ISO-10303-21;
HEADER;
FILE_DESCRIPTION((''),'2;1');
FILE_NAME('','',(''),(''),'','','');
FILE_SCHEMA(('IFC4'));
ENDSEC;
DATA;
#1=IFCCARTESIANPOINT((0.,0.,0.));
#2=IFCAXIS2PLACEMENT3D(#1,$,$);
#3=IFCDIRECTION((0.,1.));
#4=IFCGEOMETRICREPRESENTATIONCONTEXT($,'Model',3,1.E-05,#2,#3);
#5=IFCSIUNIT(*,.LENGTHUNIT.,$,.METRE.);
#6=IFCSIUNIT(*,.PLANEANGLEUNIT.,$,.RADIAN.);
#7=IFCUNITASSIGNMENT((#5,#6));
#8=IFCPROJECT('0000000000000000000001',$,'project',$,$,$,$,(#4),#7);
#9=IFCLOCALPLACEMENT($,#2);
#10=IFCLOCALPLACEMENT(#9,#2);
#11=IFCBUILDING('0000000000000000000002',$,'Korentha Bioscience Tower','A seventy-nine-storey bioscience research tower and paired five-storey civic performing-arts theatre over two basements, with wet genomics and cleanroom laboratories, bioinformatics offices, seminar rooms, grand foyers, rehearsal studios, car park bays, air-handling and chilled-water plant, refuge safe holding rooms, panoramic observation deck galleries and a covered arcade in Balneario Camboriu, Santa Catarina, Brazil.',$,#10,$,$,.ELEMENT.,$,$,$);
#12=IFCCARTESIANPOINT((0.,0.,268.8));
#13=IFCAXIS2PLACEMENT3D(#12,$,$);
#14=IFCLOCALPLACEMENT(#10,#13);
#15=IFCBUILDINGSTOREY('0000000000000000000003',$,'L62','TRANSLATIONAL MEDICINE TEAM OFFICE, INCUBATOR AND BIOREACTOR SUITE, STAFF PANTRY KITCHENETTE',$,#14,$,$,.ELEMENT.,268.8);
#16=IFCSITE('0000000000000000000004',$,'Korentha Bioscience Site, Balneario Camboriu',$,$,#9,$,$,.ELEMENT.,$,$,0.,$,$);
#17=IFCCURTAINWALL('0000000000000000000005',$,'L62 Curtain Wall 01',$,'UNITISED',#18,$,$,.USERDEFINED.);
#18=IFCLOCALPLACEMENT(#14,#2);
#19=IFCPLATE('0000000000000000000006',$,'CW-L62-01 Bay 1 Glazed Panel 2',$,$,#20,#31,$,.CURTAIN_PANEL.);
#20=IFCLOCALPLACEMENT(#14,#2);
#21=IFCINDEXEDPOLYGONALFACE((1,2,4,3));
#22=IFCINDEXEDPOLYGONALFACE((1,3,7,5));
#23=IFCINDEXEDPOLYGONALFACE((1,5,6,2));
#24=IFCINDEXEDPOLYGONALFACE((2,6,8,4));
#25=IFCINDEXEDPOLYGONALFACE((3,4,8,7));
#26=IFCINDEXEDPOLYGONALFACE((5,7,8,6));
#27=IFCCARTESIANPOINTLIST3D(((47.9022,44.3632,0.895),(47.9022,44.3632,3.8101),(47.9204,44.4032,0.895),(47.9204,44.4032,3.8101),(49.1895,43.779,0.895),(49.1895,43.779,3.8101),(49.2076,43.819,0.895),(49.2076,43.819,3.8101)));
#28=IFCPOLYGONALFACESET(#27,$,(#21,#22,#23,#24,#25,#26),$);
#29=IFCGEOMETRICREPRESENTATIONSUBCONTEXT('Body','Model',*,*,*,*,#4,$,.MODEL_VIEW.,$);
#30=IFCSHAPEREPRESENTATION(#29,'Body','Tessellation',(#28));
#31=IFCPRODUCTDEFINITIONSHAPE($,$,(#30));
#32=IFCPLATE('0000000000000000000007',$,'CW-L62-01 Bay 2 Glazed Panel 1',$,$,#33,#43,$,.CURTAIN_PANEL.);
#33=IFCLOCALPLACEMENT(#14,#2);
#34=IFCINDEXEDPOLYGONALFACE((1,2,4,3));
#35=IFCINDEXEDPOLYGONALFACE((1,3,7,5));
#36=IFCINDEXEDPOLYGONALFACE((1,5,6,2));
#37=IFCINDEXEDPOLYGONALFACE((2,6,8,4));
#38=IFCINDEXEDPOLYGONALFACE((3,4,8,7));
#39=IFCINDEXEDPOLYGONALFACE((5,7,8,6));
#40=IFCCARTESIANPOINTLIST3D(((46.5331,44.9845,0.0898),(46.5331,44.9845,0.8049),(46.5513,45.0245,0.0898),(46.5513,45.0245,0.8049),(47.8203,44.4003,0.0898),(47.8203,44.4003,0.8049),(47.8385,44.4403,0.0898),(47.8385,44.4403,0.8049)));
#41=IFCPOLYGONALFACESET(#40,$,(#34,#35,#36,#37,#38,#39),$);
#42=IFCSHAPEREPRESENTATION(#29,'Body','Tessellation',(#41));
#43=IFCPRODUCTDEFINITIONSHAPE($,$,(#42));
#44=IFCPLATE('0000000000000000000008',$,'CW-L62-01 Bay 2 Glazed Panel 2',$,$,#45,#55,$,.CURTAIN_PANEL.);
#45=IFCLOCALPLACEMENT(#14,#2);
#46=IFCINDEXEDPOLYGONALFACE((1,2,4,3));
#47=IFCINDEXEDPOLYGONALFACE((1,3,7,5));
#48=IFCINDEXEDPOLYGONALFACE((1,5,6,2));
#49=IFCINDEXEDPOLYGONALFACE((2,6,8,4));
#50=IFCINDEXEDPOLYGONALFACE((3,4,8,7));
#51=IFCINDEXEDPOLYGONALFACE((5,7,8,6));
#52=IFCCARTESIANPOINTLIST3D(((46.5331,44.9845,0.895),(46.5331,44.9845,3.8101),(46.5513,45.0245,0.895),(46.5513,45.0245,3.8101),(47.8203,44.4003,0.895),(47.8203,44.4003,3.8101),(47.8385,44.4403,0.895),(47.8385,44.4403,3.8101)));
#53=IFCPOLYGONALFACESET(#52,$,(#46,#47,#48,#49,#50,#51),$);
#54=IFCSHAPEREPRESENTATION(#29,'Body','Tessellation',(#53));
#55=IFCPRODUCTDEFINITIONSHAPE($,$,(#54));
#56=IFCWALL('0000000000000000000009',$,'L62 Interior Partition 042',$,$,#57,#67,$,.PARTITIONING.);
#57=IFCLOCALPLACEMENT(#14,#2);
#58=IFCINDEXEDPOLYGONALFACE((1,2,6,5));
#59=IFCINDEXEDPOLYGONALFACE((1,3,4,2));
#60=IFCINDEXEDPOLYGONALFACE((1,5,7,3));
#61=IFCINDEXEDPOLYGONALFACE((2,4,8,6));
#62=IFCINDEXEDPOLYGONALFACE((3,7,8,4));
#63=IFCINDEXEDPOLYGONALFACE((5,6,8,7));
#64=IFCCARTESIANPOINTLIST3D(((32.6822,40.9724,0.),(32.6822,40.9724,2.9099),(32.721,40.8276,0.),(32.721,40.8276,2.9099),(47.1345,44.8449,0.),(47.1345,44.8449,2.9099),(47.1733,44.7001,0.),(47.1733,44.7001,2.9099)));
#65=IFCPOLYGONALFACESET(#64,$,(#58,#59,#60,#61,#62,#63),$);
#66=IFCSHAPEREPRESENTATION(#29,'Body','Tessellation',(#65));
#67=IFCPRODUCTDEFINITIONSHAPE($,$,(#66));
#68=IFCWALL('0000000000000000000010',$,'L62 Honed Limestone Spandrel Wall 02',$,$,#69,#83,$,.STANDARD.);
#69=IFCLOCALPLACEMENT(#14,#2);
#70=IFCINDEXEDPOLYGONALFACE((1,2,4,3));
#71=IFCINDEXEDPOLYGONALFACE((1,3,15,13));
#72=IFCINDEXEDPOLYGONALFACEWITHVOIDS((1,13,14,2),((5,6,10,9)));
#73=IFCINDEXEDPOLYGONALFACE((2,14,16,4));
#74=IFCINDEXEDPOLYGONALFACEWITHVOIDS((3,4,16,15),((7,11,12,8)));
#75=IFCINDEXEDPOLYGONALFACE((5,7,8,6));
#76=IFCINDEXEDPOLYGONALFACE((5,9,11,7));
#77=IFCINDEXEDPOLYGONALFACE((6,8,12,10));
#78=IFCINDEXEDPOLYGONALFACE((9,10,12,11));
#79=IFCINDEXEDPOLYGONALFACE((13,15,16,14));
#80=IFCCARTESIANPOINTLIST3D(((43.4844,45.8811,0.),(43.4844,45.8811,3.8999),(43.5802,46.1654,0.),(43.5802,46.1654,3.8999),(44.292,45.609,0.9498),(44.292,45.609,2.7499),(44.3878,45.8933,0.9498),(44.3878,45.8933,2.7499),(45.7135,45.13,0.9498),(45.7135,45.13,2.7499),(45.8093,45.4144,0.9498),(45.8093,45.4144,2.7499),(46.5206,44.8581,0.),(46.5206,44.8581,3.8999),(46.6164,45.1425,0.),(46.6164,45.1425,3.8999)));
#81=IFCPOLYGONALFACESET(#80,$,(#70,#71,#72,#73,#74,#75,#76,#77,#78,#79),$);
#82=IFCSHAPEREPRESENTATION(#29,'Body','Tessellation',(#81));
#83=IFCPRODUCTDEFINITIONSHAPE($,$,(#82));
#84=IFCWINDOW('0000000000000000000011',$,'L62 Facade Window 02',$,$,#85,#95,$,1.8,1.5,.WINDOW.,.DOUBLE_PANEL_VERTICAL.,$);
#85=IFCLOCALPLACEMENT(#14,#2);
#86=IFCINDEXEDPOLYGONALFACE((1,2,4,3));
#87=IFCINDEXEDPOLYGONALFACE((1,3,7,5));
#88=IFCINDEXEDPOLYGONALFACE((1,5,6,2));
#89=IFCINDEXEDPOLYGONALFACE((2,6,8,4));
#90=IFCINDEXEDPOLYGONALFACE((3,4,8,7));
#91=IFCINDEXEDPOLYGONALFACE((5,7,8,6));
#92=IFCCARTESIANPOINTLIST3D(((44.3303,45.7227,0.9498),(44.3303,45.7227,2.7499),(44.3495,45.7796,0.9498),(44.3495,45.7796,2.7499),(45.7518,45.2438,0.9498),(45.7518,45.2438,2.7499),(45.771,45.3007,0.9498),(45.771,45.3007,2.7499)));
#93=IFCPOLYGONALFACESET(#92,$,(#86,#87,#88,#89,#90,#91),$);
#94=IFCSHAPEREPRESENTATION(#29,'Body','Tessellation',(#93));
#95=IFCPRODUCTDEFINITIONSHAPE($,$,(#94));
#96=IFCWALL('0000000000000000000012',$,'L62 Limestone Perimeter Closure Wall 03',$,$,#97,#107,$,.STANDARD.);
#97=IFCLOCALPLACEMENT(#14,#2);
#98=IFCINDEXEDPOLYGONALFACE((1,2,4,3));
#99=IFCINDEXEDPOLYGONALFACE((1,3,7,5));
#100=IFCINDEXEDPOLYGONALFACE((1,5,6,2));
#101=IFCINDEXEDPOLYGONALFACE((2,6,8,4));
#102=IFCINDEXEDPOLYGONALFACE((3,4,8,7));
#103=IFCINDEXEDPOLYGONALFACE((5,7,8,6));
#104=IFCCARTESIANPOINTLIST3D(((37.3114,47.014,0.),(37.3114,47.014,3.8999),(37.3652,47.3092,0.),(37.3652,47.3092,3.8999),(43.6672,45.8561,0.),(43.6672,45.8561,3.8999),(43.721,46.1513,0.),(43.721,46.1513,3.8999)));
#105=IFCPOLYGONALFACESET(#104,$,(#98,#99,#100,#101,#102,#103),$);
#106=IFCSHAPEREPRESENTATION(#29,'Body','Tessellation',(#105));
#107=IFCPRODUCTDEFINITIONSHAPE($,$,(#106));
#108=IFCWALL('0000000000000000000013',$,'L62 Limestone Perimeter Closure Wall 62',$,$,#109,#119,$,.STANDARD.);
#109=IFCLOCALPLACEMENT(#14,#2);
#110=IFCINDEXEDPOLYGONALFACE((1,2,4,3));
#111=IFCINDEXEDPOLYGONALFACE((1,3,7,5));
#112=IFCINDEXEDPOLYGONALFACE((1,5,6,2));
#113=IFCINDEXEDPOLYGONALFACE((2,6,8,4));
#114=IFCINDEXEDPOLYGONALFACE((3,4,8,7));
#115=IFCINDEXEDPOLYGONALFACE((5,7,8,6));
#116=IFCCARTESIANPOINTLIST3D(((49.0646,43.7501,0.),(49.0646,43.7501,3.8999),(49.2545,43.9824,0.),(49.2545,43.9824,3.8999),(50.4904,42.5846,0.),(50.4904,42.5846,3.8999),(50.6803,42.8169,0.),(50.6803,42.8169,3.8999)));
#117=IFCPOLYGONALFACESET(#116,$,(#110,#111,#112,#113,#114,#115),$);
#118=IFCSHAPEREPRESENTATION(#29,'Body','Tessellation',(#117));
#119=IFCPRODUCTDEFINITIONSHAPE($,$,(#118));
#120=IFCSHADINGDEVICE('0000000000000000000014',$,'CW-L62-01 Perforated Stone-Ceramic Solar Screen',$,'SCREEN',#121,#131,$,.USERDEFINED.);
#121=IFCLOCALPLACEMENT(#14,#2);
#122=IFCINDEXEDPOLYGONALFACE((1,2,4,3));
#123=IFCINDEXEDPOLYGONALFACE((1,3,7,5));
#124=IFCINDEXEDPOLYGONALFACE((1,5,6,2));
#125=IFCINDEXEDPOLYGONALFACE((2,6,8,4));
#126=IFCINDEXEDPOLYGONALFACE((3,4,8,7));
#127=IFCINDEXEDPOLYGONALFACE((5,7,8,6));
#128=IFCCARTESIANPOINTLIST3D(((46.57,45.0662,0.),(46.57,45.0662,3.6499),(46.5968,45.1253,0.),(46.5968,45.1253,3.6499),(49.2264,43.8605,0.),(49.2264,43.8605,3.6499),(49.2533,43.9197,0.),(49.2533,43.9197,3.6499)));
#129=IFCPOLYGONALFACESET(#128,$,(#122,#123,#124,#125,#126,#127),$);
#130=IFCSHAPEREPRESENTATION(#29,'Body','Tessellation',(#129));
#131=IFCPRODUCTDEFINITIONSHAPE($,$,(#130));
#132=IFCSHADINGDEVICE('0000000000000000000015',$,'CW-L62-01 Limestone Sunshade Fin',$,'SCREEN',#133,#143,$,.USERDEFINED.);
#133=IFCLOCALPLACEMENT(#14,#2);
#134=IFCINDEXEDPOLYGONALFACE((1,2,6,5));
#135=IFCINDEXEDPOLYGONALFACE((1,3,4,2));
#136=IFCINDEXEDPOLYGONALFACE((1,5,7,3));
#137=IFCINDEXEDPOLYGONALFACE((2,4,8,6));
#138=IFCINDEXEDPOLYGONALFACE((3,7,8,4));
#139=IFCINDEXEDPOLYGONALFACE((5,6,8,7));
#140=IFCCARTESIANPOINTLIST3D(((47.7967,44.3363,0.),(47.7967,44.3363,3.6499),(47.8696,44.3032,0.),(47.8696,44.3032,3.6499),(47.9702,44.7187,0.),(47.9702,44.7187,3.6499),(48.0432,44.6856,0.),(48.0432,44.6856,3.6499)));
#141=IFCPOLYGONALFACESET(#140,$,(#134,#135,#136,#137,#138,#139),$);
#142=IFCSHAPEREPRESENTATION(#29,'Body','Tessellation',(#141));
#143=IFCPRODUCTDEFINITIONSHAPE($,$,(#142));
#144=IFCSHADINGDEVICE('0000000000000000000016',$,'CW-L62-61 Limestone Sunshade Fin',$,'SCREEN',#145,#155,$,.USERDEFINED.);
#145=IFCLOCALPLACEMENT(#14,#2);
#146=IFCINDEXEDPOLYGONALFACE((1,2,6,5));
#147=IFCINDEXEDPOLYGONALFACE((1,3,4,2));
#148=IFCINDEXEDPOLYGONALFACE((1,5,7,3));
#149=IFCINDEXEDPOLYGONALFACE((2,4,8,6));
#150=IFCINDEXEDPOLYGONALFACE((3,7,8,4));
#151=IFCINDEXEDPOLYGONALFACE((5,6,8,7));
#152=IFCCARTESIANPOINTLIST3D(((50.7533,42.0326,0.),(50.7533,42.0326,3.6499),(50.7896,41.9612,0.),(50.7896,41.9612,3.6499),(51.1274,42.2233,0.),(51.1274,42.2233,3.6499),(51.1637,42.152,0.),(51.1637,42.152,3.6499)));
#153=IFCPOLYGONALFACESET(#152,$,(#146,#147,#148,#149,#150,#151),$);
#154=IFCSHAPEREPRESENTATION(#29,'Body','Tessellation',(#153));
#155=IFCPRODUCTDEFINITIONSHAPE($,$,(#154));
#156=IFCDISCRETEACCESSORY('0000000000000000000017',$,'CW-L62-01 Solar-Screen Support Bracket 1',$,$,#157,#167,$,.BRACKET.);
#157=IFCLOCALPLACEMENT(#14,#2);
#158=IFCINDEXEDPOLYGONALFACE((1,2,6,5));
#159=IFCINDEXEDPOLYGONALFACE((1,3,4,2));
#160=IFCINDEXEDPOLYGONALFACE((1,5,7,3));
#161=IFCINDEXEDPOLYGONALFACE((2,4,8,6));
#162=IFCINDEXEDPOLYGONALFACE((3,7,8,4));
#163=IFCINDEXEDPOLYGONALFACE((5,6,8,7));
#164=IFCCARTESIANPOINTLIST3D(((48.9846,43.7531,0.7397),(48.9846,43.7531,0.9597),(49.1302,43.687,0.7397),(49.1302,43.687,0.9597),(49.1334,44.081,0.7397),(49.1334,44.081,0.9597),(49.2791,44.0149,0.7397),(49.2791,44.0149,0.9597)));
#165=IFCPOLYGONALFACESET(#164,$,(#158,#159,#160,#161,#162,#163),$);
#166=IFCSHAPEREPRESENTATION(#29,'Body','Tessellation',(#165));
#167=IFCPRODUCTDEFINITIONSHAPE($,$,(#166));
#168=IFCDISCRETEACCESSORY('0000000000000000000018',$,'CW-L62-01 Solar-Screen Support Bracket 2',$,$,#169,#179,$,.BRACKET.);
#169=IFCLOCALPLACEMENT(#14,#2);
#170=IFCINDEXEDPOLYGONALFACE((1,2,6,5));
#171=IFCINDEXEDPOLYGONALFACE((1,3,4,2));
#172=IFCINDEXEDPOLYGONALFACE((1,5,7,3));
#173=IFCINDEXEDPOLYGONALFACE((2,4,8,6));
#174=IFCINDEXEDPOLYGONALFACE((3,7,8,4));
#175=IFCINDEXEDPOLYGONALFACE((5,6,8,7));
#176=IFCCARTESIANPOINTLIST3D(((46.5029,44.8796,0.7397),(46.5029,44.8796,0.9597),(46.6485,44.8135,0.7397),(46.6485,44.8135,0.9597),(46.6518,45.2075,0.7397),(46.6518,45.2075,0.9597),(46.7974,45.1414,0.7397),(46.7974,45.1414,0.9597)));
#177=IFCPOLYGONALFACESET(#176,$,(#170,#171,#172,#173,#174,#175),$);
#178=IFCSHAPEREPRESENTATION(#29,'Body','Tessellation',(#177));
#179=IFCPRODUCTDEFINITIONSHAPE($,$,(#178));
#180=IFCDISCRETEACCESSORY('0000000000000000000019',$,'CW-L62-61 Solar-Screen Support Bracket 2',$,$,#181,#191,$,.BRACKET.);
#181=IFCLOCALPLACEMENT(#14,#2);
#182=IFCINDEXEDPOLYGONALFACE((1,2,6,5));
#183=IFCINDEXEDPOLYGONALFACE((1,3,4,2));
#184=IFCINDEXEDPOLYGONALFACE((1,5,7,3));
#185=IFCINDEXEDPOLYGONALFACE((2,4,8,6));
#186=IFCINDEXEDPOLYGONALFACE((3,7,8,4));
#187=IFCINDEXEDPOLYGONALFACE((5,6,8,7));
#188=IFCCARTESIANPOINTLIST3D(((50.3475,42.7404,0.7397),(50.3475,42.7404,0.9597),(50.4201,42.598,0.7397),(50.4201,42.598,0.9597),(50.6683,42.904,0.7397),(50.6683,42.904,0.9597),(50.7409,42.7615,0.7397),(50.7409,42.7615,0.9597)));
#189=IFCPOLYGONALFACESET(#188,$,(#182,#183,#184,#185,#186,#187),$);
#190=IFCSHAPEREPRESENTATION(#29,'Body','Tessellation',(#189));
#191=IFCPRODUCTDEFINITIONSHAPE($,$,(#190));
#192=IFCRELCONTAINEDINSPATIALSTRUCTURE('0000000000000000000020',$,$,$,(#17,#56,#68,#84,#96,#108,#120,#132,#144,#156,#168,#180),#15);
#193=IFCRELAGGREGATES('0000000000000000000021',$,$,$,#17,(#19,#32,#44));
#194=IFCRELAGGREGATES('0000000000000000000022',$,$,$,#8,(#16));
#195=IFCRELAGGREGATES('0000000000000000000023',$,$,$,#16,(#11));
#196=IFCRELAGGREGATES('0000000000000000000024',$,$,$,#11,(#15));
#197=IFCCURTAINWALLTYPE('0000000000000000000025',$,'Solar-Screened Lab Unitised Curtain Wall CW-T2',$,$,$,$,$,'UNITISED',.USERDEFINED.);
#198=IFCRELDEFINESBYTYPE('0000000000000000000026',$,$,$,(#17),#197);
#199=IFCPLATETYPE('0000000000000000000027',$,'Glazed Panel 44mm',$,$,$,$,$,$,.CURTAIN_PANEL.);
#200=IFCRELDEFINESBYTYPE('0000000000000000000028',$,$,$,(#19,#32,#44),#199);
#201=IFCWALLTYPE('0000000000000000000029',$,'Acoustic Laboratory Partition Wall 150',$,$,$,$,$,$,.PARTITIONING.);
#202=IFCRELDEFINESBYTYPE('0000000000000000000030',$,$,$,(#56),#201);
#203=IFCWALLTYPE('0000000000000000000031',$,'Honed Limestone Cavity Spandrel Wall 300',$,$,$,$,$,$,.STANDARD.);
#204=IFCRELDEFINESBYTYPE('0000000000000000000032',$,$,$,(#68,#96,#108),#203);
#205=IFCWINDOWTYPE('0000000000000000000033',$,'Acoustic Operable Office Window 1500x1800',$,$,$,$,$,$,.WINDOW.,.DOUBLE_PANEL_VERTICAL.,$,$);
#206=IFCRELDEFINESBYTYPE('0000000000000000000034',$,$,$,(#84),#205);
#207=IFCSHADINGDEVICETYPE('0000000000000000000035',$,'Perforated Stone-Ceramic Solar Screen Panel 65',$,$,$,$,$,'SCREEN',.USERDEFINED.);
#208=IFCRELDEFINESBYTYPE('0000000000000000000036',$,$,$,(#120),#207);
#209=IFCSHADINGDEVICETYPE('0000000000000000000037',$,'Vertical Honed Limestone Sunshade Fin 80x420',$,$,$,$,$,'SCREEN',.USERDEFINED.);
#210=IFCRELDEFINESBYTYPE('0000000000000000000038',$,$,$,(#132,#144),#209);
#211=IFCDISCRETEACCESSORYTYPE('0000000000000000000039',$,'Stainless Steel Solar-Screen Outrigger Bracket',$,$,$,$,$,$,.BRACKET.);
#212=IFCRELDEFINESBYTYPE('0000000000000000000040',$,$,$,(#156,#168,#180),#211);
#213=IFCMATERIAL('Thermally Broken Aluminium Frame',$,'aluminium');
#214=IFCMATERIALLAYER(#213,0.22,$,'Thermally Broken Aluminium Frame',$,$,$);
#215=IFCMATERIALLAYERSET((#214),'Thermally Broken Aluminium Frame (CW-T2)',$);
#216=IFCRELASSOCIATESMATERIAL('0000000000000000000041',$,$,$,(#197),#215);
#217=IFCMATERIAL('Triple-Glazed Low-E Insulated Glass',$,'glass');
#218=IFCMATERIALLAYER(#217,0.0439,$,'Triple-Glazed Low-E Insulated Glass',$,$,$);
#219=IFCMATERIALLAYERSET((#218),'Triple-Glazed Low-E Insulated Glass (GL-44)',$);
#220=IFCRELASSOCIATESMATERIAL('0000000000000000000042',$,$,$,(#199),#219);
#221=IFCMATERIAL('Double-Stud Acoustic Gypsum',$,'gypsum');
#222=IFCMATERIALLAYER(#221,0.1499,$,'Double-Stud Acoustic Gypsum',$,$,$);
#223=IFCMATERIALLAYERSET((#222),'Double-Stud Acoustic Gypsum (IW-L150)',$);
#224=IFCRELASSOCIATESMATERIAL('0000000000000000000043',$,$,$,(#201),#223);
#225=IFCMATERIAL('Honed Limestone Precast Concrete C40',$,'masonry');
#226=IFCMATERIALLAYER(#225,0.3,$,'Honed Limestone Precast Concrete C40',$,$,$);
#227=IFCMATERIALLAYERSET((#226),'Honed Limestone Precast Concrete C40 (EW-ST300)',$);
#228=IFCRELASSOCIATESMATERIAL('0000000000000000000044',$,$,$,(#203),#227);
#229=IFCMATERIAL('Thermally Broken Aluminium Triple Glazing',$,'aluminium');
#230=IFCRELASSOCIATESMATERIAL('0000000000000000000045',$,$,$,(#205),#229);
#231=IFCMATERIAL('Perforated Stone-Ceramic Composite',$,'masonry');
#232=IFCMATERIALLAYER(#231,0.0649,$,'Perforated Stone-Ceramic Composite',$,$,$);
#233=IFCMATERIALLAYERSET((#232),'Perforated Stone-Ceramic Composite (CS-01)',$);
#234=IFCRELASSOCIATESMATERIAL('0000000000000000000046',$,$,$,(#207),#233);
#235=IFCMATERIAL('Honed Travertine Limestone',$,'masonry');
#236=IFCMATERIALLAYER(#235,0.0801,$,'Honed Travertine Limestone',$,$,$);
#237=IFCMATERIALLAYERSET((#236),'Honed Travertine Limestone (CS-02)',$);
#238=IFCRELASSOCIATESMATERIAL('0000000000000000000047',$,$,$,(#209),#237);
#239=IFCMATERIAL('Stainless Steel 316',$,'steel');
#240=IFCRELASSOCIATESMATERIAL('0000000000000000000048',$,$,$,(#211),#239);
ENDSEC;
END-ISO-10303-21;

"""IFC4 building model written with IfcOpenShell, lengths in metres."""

from ifc_helpers import new_model, si_unit, direction, frame, frame_2d, origin, origin_2d, place, context, subcontext, project, spatial, rectangle, extrude, material, layer, layer_set, type_object, element, fill, aggregate, save


model = new_model("IFC4")

# Units and contexts
model_context = context("Model", 3, precision=1e-05, world=origin(), true_north=direction((0.0, 1.0)))
body_context = subcontext(model_context, "Body", "Model", "MODEL_VIEW")
ifc_project = project(units=[si_unit("LENGTHUNIT", "METRE"), si_unit("PLANEANGLEUNIT", "RADIAN")], contexts=[model_context])

# Site, building, storey
site_placement = place(None, origin())
site = spatial("IfcSite", under=ifc_project, at=site_placement, Name="Korentha Bioscience Site, Balneario Camboriu", CompositionType="ELEMENT", RefElevation=0.0)
building_placement = place(site_placement, origin())
building = spatial("IfcBuilding", under=site, at=building_placement, Name="Korentha Bioscience Tower", Description="A seventy-nine-storey bioscience research tower and paired five-storey civic performing-arts theatre over two basements, with wet genomics and cleanroom laboratories, bioinformatics offices, seminar rooms, grand foyers, rehearsal studios, car park bays, air-handling and chilled-water plant, refuge safe holding rooms, panoramic observation deck galleries and a covered arcade in Balneario Camboriu, Santa Catarina, Brazil.", CompositionType="ELEMENT")
storey_placement = place(building_placement, frame((0.0, 0.0, 268.8)))
storey = spatial("IfcBuildingStorey", under=building, at=storey_placement, Name="L62", Description="TRANSLATIONAL MEDICINE TEAM OFFICE, INCUBATOR AND BIOREACTOR SUITE, STAFF PANTRY KITCHENETTE", CompositionType="ELEMENT", Elevation=268.8)

# Curtain wall
ifc_material_1 = material(Name="Thermally Broken Aluminium Frame", Category="aluminium")
ifc_layer_1 = layer(ifc_material_1, 0.22, Name="Thermally Broken Aluminium Frame")
ifc_layer_set_1 = layer_set([ifc_layer_1], Name="Thermally Broken Aluminium Frame (CW-T2)")
curtain_wall_type = type_object("IfcCurtainWallType", Name="Solar-Screened Lab Unitised Curtain Wall CW-T2", ElementType="UNITISED", PredefinedType="USERDEFINED", material=ifc_layer_set_1)
curtain_wall_1_placement = place(storey_placement, origin())
curtain_wall_1 = element("IfcCurtainWall", 1, at=curtain_wall_1_placement, inside=storey, type_object=curtain_wall_type, Name="L62 Curtain Wall 01", ObjectType="UNITISED", PredefinedType="USERDEFINED")

# Plates
ifc_material_2 = material(Name="Triple-Glazed Low-E Insulated Glass", Category="glass")
ifc_layer_2 = layer(ifc_material_2, 0.0439, Name="Triple-Glazed Low-E Insulated Glass")
ifc_layer_set_2 = layer_set([ifc_layer_2], Name="Triple-Glazed Low-E Insulated Glass (GL-44)")
plate_type = type_object("IfcPlateType", Name="Glazed Panel 44mm", PredefinedType="CURTAIN_PANEL", material=ifc_layer_set_2)
plate_1_placement = place(storey_placement, frame((48.5549, 44.0911, 0.895), z_axis=(0.0, 0.0, 1.0), x_axis=(-0.910604, 0.41328, 0.0)))
plate_1 = element("IfcPlate", 2, at=plate_1_placement, type_object=plate_type, Name="CW-L62-01 Bay 1 Glazed Panel 2", PredefinedType="CURTAIN_PANEL", context=body_context, shape_type="SweptSolid", body=[
    extrude(rectangle(XDim=1.4136, YDim=0.0439, at=origin_2d()), origin(), (0.0, 0.0, 1.0), 2.915),
])
plate_2_placement = place(storey_placement, frame((47.1858, 44.7124, 0.0898), z_axis=(0.0, 0.0, 1.0), x_axis=(-0.910604, 0.41328, 0.0)))
plate_2 = element("IfcPlate", 3, at=plate_2_placement, type_object=plate_type, Name="CW-L62-01 Bay 2 Glazed Panel 1", PredefinedType="CURTAIN_PANEL", context=body_context, shape_type="SweptSolid", body=[
    extrude(rectangle(XDim=1.4136, YDim=0.0439, at=origin_2d()), origin(), (0.0, 0.0, 1.0), 0.7151),
])
plate_3_placement = place(storey_placement, frame((47.1858, 44.7124, 0.895), z_axis=(0.0, 0.0, 1.0), x_axis=(-0.910604, 0.41328, 0.0)))
plate_3 = element("IfcPlate", 4, at=plate_3_placement, type_object=plate_type, Name="CW-L62-01 Bay 2 Glazed Panel 2", PredefinedType="CURTAIN_PANEL", context=body_context, shape_type="SweptSolid", body=[
    extrude(rectangle(XDim=1.4136, YDim=0.0439, at=origin_2d()), origin(), (0.0, 0.0, 1.0), 2.915),
])
aggregate(curtain_wall_1, [plate_1, plate_2, plate_3])

# Wall
ifc_material_3 = material(Name="Double-Stud Acoustic Gypsum", Category="gypsum")
ifc_layer_3 = layer(ifc_material_3, 0.1499, Name="Double-Stud Acoustic Gypsum")
ifc_layer_set_3 = layer_set([ifc_layer_3], Name="Double-Stud Acoustic Gypsum (IW-L150)")
wall_type_1 = type_object("IfcWallType", Name="Acoustic Laboratory Partition Wall 150", PredefinedType="PARTITIONING", material=ifc_layer_set_3)
wall_1_placement = place(storey_placement, frame((47.1538, 44.7725, 0.0), z_axis=(0.0, 0.0, 1.0), x_axis=(-0.965925, -0.258822, 0.0)))
element("IfcWall", 5, at=wall_1_placement, inside=storey, type_object=wall_type_1, Name="L62 Interior Partition 042", PredefinedType="PARTITIONING", context=body_context, shape_type="SweptSolid", body=[
    extrude(rectangle(XDim=14.9622, YDim=0.1499, at=frame_2d((7.481, 0.0))), origin(), (0.0, 0.0, 1.0), 2.9099),
])

# Wall, opening, window
ifc_material_4 = material(Name="Honed Limestone Precast Concrete C40", Category="masonry")
ifc_layer_4 = layer(ifc_material_4, 0.3, Name="Honed Limestone Precast Concrete C40")
ifc_layer_set_4 = layer_set([ifc_layer_4], Name="Honed Limestone Precast Concrete C40 (EW-ST300)")
wall_type_2 = type_object("IfcWallType", Name="Honed Limestone Cavity Spandrel Wall 300", PredefinedType="STANDARD", material=ifc_layer_set_4)
wall_2_placement = place(storey_placement, frame((46.5686, 45.0002, 0.0), z_axis=(0.0, 0.0, 1.0), x_axis=(-0.947657, 0.319289, 0.0)))
wall_2 = element("IfcWall", 6, at=wall_2_placement, inside=storey, type_object=wall_type_2, Name="L62 Honed Limestone Spandrel Wall 02", PredefinedType="STANDARD", context=body_context, shape_type="SweptSolid", body=[
    extrude(rectangle(XDim=3.2039, YDim=0.3, at=frame_2d((1.6021, 0.0))), origin(), (0.0, 0.0, 1.0), 3.8999),
])
opening_placement = place(wall_2_placement, frame((0.8518, 0.0, 0.95)))
opening = element("IfcOpeningElement", 7, at=opening_placement, cuts=wall_2, PredefinedType="OPENING", context=body_context, shape_type="SweptSolid", body=[
    extrude(rectangle(XDim=1.5, YDim=1.8, at=frame_2d((0.75, 0.8999))), frame((0.0, 0.165, 0.0), z_axis=(0.0, -1.0, 0.0), x_axis=(1.0, 0.0, 0.0)), (0.0, 0.0, 1.0), 0.3298),
])
ifc_material_5 = material(Name="Thermally Broken Aluminium Triple Glazing", Category="aluminium")
window_type = type_object("IfcWindowType", Name="Acoustic Operable Office Window 1500x1800", PartitioningType="DOUBLE_PANEL_VERTICAL", PredefinedType="WINDOW", material=ifc_material_5)
window_placement = place(opening_placement, origin())
window = element("IfcWindow", 8, at=window_placement, inside=storey, type_object=window_type, Name="L62 Facade Window 02", OverallHeight=1.8, OverallWidth=1.5, PartitioningType="DOUBLE_PANEL_VERTICAL", PredefinedType="WINDOW", context=body_context, shape_type="SweptSolid", body=[
    extrude(rectangle(XDim=1.5, YDim=1.8, at=frame_2d((0.75, 0.8999))), frame((0.0, 0.03, 0.0), z_axis=(0.0, -1.0, 0.0), x_axis=(1.0, 0.0, 0.0)), (0.0, 0.0, 1.0), 0.0601),
])
fill(opening, window)

# Walls
wall_3_placement = place(storey_placement, frame((43.6941, 46.0037, 0.0), z_axis=(0.0, 0.0, 1.0), x_axis=(-0.983805, 0.179241, 0.0)))
element("IfcWall", 9, at=wall_3_placement, inside=storey, type_object=wall_type_2, Name="L62 Limestone Perimeter Closure Wall 03", PredefinedType="STANDARD", context=body_context, shape_type="SweptSolid", body=[
    extrude(rectangle(XDim=6.4604, YDim=0.3, at=frame_2d((3.2302, 0.0))), origin(), (0.0, 0.0, 1.0), 3.8999),
])
wall_4_placement = place(storey_placement, frame((50.5854, 42.7007, 0.0), z_axis=(0.0, 0.0, 1.0), x_axis=(-0.774229, 0.632906, 0.0)))
element("IfcWall", 10, at=wall_4_placement, inside=storey, type_object=wall_type_2, Name="L62 Limestone Perimeter Closure Wall 62", PredefinedType="STANDARD", context=body_context, shape_type="SweptSolid", body=[
    extrude(rectangle(XDim=1.8416, YDim=0.3, at=frame_2d((0.9209, 0.0))), origin(), (0.0, 0.0, 1.0), 3.8999),
])

# Shading devices
ifc_material_6 = material(Name="Perforated Stone-Ceramic Composite", Category="masonry")
ifc_layer_5 = layer(ifc_material_6, 0.0649, Name="Perforated Stone-Ceramic Composite")
ifc_layer_set_5 = layer_set([ifc_layer_5], Name="Perforated Stone-Ceramic Composite (CS-01)")
shading_device_type_1 = type_object("IfcShadingDeviceType", Name="Perforated Stone-Ceramic Solar Screen Panel 65", ElementType="SCREEN", PredefinedType="USERDEFINED", material=ifc_layer_set_5)
shading_device_placement = place(storey_placement, frame((47.9116, 44.4929, 0.0), z_axis=(0.0, 0.0, 1.0), x_axis=(-0.910604, 0.41328, 0.0)))
element("IfcShadingDevice", 11, at=shading_device_placement, inside=storey, type_object=shading_device_type_1, Name="CW-L62-01 Perforated Stone-Ceramic Solar Screen", ObjectType="SCREEN", PredefinedType="USERDEFINED", context=body_context, shape_type="SweptSolid", body=[
    extrude(rectangle(XDim=2.9172, YDim=0.0649, at=origin_2d()), origin(), (0.0, 0.0, 1.0), 3.6499),
])
ifc_material_7 = material(Name="Honed Travertine Limestone", Category="masonry")
ifc_layer_6 = layer(ifc_material_7, 0.0801, Name="Honed Travertine Limestone")
ifc_layer_set_6 = layer_set([ifc_layer_6], Name="Honed Travertine Limestone (CS-02)")
shading_device_type_2 = type_object("IfcShadingDeviceType", Name="Vertical Honed Limestone Sunshade Fin 80x420", ElementType="SCREEN", PredefinedType="USERDEFINED", material=ifc_layer_set_6)
for number, where, z_axis, x_axis, name in (
    (12, (47.9199, 44.511, 0.0), (0.0, 0.0, 1.0), (-0.910604, 0.41328, 0.0), "CW-L62-01 Limestone Sunshade Fin"),
    (13, (50.9585, 42.0923, 0.0), (0.0, 0.0, 1.0), (-0.454239, 0.89088, 0.0), "CW-L62-61 Limestone Sunshade Fin"),
):
    element("IfcShadingDevice", number, at=place(storey_placement, frame(where, z_axis=z_axis, x_axis=x_axis)), inside=storey, type_object=shading_device_type_2, Name=name, ObjectType="SCREEN", PredefinedType="USERDEFINED", context=body_context, shape_type="SweptSolid", body=[
        extrude(rectangle(XDim=0.0801, YDim=0.4199, at=origin_2d()), origin(), (0.0, 0.0, 1.0), 3.6499),
    ])

# Discrete accessories
ifc_material_8 = material(Name="Stainless Steel 316", Category="steel")
discrete_accessory_type = type_object("IfcDiscreteAccessoryType", Name="Stainless Steel Solar-Screen Outrigger Bracket", PredefinedType="BRACKET", material=ifc_material_8)
for number, where, z_axis, x_axis, name in (
    (14, (49.1318, 43.884, 0.7397), (0.0, 0.0, 1.0), (-0.910604, 0.41328, 0.0), "CW-L62-01 Solar-Screen Support Bracket 1"),
    (15, (46.6501, 45.0105, 0.7397), (0.0, 0.0, 1.0), (-0.910604, 0.41328, 0.0), "CW-L62-01 Solar-Screen Support Bracket 2"),
    (16, (50.5442, 42.751, 0.7397), (0.0, 0.0, 1.0), (-0.454239, 0.89088, 0.0), "CW-L62-61 Solar-Screen Support Bracket 2"),
):
    element("IfcDiscreteAccessory", number, at=place(storey_placement, frame(where, z_axis=z_axis, x_axis=x_axis)), inside=storey, type_object=discrete_accessory_type, Name=name, PredefinedType="BRACKET", context=body_context, shape_type="SweptSolid", body=[
        extrude(rectangle(XDim=0.1599, YDim=0.3601, at=origin_2d()), origin(), (0.0, 0.0, 1.0), 0.22),
    ])

save(model, "model.ifc")
